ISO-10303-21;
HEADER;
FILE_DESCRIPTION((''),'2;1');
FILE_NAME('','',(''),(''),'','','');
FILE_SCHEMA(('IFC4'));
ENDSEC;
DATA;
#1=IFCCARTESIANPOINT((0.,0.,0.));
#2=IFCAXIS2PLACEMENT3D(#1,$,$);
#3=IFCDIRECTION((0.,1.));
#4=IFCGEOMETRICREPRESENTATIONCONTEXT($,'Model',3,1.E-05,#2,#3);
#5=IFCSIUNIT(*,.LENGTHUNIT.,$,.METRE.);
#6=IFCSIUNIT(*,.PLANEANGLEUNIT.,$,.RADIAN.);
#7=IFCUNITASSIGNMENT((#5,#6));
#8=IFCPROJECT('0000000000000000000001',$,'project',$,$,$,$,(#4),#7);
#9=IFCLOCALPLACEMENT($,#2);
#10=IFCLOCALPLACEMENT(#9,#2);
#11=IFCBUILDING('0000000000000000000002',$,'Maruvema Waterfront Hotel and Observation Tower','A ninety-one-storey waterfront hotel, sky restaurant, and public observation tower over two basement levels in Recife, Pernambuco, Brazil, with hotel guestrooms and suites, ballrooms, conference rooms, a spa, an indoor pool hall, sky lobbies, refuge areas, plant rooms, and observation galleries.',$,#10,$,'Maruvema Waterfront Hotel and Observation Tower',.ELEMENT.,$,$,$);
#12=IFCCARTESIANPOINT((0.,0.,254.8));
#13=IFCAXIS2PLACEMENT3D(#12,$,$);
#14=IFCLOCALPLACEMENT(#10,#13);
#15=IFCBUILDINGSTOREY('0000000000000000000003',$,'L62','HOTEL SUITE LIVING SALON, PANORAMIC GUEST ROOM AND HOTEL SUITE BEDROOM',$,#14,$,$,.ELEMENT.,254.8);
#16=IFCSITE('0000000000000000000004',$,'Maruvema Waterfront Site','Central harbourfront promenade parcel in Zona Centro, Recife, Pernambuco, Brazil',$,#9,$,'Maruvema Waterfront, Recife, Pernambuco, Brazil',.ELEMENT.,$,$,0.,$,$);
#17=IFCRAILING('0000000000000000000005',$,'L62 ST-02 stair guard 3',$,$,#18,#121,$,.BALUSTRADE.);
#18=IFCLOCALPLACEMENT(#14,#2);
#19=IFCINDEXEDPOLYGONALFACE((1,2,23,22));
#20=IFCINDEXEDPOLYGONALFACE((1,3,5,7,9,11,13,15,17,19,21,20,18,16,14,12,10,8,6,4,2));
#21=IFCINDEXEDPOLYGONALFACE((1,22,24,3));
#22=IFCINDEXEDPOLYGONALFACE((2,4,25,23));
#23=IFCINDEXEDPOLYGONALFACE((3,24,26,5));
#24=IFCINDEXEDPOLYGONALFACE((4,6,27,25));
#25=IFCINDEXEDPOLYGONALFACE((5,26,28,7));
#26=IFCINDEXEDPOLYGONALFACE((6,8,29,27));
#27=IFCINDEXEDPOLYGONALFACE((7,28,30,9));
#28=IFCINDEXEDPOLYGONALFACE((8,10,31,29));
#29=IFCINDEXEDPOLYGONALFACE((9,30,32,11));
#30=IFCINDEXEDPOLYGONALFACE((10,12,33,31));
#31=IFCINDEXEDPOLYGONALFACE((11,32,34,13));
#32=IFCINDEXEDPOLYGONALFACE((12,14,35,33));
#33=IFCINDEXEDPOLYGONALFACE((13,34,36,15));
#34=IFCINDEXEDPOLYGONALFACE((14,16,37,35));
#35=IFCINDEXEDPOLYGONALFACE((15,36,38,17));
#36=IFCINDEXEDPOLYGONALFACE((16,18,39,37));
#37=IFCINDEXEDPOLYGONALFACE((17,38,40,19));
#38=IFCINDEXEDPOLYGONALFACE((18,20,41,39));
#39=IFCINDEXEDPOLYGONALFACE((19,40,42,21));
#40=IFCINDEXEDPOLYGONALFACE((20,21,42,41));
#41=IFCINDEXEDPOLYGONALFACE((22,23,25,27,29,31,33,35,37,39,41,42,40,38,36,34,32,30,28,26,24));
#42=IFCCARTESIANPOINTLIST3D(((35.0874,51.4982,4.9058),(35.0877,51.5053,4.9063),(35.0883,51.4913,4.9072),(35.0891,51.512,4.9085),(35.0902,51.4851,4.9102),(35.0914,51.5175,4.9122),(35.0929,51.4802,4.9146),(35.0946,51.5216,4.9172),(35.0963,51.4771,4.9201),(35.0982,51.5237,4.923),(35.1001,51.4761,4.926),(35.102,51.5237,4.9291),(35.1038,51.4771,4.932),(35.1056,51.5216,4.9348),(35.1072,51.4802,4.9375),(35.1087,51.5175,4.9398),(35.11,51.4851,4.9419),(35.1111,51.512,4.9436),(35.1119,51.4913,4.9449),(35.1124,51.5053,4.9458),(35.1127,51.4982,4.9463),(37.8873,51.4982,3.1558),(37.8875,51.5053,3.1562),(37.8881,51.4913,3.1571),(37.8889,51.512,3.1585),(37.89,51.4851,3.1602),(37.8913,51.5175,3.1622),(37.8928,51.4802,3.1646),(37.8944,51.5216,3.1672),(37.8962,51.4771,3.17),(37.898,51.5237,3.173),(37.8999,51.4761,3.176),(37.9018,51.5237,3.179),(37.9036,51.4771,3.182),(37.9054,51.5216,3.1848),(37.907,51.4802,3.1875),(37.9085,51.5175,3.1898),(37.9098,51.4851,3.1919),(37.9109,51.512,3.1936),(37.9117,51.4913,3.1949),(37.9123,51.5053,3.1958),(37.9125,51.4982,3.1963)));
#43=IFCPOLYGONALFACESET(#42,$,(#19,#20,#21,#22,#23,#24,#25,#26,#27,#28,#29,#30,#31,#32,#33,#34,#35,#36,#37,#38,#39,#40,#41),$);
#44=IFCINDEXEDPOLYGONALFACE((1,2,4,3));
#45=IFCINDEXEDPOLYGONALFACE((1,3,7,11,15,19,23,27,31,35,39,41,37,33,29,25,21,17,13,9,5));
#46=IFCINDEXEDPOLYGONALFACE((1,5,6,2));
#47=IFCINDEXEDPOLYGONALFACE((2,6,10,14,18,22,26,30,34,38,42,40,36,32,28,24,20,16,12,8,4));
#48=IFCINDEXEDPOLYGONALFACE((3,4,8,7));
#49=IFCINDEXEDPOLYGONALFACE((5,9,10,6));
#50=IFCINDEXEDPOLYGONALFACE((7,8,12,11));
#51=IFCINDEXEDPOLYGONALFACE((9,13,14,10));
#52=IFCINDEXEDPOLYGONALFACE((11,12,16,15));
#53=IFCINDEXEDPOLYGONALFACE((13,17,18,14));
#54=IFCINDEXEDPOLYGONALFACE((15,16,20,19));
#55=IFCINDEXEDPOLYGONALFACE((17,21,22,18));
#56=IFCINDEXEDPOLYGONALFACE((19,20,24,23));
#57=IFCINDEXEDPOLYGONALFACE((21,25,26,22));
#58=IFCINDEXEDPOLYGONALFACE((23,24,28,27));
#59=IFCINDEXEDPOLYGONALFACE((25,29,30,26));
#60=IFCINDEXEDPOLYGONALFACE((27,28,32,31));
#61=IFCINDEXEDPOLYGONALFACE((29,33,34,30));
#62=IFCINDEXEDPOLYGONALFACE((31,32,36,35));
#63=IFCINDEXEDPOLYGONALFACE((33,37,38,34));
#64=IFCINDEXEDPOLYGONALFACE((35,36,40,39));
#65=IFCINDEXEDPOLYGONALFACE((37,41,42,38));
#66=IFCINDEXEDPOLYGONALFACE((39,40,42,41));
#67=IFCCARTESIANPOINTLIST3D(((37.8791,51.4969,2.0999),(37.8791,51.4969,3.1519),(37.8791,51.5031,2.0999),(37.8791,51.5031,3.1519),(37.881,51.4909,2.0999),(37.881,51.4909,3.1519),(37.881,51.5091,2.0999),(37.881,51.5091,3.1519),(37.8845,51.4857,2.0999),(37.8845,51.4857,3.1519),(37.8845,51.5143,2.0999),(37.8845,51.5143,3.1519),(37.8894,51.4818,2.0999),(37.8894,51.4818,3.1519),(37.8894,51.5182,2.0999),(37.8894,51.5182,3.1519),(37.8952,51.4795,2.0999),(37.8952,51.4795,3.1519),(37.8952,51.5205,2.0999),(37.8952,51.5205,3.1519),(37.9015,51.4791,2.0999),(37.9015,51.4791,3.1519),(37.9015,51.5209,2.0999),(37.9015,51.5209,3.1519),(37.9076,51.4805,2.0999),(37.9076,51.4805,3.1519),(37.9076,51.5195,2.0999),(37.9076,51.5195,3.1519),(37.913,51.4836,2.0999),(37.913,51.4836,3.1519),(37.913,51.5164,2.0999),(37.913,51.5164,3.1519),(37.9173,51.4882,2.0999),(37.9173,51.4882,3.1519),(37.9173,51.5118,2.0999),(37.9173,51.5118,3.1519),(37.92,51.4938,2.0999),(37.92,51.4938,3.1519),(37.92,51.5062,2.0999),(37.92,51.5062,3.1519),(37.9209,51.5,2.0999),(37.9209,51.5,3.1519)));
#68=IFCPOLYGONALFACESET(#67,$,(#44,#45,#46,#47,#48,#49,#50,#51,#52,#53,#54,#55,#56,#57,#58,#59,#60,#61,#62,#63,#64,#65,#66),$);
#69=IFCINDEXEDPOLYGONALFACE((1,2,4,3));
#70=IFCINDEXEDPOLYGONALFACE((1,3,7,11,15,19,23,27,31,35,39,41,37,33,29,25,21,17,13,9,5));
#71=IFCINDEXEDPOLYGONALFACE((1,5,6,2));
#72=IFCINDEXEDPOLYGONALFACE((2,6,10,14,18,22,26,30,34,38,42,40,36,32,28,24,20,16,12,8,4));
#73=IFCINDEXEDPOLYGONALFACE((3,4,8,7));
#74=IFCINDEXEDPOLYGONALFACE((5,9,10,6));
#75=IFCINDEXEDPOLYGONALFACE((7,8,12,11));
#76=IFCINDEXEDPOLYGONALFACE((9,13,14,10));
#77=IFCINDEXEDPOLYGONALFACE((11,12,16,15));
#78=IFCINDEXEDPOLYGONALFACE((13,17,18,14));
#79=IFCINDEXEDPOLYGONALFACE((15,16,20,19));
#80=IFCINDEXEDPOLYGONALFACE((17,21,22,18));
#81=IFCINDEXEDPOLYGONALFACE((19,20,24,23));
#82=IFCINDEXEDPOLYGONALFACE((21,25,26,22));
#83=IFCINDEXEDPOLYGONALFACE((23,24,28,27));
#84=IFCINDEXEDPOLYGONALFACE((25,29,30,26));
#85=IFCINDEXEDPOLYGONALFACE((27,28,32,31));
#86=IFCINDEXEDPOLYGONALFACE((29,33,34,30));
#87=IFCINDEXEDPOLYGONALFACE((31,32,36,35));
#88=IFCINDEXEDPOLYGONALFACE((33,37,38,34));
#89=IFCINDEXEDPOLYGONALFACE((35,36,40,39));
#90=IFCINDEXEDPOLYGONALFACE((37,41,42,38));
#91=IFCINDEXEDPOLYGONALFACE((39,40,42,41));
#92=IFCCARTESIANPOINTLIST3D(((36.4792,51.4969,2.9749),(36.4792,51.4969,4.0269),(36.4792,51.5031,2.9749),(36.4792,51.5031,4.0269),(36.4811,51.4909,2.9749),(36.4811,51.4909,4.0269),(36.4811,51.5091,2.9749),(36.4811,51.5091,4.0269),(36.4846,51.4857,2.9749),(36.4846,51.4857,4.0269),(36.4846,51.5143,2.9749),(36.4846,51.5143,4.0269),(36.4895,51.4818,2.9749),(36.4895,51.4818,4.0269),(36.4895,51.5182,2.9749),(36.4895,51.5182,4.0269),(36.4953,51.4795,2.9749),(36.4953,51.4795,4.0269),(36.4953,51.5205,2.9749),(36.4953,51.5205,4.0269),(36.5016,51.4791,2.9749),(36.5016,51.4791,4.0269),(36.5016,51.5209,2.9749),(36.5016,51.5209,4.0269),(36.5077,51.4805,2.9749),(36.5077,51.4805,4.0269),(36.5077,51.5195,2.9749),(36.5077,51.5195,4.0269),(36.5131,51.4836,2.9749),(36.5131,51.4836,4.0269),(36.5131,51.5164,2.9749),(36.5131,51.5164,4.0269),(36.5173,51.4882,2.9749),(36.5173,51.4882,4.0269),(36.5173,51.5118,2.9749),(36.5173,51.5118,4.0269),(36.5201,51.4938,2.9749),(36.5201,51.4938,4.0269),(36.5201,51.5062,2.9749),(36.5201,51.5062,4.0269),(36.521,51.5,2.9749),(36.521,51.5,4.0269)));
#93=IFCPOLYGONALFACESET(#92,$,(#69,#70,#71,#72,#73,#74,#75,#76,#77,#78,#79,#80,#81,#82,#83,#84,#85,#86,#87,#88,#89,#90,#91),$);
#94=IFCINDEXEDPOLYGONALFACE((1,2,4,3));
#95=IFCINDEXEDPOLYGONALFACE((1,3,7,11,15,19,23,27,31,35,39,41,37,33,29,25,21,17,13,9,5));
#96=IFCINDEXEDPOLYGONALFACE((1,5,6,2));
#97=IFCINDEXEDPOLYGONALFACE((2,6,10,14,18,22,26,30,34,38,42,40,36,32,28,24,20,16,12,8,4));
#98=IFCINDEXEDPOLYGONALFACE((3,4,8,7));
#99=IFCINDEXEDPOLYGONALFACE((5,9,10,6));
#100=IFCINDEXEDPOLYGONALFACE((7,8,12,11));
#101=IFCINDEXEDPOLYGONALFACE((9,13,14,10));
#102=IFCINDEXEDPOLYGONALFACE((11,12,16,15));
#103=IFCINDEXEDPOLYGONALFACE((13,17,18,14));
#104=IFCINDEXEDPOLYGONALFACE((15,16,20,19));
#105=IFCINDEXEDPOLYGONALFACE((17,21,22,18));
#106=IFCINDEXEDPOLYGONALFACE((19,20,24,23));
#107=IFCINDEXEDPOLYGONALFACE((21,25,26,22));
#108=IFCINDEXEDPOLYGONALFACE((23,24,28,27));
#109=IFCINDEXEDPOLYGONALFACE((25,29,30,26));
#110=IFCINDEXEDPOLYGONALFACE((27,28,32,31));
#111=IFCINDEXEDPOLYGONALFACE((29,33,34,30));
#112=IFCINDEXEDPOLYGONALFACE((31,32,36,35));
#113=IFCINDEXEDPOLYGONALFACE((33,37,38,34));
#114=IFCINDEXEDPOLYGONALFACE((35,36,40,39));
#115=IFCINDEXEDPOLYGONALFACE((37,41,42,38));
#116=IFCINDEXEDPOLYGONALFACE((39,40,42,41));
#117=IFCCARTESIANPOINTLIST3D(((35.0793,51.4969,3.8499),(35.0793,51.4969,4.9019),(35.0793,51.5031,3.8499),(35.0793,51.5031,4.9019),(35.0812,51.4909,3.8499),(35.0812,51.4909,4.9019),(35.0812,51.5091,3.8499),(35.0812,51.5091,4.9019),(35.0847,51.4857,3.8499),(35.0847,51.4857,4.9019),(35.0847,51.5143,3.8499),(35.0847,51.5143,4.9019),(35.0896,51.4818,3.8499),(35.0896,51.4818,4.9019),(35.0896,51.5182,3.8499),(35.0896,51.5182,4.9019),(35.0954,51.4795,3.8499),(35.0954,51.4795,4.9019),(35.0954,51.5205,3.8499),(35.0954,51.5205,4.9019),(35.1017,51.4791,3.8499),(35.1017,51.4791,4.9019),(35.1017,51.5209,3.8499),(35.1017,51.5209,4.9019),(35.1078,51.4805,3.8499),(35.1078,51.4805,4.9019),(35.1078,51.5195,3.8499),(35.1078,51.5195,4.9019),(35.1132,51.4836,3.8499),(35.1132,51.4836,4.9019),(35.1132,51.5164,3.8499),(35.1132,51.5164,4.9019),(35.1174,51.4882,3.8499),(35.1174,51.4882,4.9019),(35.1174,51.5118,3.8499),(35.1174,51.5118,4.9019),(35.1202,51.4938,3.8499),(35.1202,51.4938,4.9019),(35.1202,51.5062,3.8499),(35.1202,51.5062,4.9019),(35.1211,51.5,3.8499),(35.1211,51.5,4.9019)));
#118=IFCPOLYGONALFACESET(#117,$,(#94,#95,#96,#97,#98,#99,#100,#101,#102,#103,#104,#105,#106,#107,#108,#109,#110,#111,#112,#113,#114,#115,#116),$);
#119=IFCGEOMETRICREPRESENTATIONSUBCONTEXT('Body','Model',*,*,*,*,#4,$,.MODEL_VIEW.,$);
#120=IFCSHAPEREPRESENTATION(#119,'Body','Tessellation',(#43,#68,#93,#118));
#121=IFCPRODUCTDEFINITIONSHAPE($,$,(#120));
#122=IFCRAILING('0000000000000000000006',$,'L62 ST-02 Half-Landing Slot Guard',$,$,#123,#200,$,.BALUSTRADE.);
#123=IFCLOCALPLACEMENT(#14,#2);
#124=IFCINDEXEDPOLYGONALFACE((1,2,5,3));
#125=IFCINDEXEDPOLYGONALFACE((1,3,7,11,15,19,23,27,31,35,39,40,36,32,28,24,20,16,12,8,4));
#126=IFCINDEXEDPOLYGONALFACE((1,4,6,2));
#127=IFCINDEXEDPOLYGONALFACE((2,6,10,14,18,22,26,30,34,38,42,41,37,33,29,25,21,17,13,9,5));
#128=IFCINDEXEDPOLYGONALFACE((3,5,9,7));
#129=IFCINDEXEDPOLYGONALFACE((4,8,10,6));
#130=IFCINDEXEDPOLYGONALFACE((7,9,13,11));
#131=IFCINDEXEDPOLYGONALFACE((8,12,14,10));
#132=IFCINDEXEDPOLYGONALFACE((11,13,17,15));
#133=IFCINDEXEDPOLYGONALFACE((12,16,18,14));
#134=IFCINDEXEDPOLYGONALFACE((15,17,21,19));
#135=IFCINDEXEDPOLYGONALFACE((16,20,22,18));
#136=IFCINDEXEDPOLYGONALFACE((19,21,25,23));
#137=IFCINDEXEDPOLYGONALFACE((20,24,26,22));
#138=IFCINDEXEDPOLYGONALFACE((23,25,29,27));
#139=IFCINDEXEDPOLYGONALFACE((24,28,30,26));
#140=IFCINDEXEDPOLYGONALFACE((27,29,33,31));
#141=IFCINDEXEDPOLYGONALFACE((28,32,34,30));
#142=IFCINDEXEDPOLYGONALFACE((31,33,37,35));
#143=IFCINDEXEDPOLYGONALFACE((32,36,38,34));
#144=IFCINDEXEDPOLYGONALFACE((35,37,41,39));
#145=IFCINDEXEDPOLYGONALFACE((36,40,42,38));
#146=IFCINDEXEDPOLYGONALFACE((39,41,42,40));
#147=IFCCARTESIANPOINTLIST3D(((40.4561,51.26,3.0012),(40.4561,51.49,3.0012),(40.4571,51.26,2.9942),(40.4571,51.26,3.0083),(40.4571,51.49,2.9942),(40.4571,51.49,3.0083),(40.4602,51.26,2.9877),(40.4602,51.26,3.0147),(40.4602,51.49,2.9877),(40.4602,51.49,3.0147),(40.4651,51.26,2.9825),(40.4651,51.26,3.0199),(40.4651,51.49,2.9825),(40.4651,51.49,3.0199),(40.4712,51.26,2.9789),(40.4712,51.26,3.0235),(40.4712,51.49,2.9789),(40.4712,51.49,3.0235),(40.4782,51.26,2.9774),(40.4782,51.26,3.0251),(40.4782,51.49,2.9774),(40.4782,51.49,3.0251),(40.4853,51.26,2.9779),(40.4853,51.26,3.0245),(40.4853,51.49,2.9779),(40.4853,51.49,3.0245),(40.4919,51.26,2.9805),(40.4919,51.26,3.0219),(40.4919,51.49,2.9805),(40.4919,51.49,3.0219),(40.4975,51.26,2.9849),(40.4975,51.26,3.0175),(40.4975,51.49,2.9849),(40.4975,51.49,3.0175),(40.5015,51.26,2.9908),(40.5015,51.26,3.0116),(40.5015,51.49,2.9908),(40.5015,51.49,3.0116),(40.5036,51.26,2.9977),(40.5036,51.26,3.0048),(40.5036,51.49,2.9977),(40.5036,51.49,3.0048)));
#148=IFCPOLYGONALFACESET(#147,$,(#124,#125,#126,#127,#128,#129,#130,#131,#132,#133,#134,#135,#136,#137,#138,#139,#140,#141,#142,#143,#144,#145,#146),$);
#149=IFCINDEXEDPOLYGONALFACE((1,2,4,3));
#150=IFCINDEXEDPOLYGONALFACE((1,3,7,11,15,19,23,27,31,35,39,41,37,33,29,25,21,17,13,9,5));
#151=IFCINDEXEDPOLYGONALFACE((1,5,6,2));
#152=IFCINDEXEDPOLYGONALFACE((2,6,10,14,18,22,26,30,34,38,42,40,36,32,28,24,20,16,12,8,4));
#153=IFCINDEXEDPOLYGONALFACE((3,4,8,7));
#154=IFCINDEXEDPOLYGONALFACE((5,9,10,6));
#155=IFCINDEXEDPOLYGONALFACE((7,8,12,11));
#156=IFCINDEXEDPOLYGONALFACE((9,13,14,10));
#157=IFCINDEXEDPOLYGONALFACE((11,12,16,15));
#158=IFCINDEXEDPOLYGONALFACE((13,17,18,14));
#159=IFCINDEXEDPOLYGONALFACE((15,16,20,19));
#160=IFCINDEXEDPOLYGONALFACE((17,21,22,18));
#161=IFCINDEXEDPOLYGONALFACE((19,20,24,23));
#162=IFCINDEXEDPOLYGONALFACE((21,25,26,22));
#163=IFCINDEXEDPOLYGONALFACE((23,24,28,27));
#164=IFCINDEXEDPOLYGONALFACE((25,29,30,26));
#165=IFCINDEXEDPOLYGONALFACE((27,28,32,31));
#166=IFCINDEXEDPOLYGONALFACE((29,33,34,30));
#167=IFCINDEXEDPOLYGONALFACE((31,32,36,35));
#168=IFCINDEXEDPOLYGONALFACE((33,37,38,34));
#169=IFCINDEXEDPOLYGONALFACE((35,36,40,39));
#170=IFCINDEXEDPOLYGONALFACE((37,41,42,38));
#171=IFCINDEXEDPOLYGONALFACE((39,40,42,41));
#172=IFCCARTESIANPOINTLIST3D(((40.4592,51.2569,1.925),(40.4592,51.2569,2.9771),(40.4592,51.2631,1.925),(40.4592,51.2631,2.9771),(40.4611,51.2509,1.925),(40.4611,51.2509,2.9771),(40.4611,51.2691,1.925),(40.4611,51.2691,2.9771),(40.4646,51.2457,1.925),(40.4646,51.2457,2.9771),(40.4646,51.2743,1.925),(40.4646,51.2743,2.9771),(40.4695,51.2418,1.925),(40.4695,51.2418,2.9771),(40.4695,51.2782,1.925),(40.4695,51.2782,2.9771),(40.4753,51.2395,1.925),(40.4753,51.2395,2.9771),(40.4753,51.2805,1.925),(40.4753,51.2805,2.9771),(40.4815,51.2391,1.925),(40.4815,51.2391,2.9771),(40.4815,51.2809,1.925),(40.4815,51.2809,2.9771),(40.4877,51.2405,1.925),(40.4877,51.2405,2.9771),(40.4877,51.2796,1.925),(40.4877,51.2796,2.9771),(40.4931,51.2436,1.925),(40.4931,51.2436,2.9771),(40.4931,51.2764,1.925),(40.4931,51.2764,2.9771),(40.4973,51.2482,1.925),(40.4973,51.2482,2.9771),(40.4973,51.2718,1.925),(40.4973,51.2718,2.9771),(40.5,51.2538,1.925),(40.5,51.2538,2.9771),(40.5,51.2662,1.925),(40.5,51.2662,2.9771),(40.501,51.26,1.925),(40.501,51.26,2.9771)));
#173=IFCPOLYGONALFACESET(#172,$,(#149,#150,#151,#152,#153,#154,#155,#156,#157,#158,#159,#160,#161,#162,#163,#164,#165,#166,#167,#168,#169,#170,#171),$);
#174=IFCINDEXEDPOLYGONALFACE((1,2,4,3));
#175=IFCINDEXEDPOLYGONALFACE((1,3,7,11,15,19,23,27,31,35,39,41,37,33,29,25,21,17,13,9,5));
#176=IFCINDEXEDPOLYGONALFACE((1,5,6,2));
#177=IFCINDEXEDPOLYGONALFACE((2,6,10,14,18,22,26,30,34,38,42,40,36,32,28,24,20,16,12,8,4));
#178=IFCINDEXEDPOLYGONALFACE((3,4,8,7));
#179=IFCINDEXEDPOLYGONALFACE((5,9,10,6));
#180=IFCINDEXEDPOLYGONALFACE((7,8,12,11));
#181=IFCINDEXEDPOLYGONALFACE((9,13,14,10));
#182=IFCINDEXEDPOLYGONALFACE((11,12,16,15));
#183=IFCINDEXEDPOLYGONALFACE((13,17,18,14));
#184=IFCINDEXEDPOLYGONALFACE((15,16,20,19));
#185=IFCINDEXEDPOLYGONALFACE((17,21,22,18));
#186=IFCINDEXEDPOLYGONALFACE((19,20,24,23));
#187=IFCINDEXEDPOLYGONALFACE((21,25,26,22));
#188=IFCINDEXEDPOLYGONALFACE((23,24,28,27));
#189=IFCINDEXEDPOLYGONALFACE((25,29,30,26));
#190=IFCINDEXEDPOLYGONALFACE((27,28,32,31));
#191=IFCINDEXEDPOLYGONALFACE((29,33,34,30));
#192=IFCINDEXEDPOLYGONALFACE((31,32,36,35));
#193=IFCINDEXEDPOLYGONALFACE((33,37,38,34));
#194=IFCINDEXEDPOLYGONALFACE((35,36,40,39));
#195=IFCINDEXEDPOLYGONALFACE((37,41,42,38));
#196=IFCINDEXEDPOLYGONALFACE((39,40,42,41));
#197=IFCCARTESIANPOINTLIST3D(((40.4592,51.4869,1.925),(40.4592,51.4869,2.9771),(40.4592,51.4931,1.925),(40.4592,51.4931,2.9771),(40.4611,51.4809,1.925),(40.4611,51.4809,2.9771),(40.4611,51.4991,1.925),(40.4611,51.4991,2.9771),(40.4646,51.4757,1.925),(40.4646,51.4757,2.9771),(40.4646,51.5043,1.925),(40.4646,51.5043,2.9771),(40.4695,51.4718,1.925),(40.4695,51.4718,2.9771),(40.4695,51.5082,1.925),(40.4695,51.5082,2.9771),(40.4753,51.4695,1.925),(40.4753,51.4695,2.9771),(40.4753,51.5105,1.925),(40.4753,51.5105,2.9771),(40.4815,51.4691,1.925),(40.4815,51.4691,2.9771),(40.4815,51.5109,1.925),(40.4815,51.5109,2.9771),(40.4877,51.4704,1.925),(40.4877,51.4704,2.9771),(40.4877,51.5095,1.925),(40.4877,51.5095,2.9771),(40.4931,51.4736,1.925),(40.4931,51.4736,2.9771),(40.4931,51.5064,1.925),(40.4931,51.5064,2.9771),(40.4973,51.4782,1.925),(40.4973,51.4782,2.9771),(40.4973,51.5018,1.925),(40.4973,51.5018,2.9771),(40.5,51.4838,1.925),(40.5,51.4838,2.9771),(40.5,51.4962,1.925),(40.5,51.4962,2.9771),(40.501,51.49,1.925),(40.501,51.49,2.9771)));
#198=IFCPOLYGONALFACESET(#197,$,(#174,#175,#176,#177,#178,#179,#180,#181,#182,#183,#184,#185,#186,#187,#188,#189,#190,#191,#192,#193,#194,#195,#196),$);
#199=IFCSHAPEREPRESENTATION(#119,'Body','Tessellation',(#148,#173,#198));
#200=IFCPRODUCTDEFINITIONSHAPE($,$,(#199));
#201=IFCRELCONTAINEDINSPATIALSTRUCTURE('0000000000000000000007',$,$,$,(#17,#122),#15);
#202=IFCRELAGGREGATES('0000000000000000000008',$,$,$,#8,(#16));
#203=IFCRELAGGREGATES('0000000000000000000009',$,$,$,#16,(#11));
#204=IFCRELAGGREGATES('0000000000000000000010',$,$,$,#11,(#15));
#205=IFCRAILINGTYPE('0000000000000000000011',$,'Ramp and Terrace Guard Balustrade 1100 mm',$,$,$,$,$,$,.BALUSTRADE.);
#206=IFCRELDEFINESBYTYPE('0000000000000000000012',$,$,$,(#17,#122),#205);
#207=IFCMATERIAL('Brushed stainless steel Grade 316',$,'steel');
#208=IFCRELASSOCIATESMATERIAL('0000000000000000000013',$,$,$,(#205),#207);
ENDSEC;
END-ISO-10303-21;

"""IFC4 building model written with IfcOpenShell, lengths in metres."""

from ifc_helpers import new_model, si_unit, direction, frame, origin, origin_2d, place, context, subcontext, project, spatial, circle, extrude, material, type_object, element, save


model = new_model("IFC4")

# Units and contexts
model_context = context("Model", 3, precision=1e-05, world=origin(), true_north=direction((0.0, 1.0)))
body_context = subcontext(model_context, "Body", "Model", "MODEL_VIEW")
ifc_project = project(units=[si_unit("LENGTHUNIT", "METRE"), si_unit("PLANEANGLEUNIT", "RADIAN")], contexts=[model_context])

# Site, building, storey
site_placement = place(None, origin())
site = spatial("IfcSite", under=ifc_project, at=site_placement, Name="Maruvema Waterfront Site", Description="Central harbourfront promenade parcel in Zona Centro, Recife, Pernambuco, Brazil", LongName="Maruvema Waterfront, Recife, Pernambuco, Brazil", CompositionType="ELEMENT", RefElevation=0.0)
building_placement = place(site_placement, origin())
building = spatial("IfcBuilding", under=site, at=building_placement, Name="Maruvema Waterfront Hotel and Observation Tower", Description="A ninety-one-storey waterfront hotel, sky restaurant, and public observation tower over two basement levels in Recife, Pernambuco, Brazil, with hotel guestrooms and suites, ballrooms, conference rooms, a spa, an indoor pool hall, sky lobbies, refuge areas, plant rooms, and observation galleries.", LongName="Maruvema Waterfront Hotel and Observation Tower", CompositionType="ELEMENT")
storey_placement = place(building_placement, frame((0.0, 0.0, 254.8)))
storey = spatial("IfcBuildingStorey", under=building, at=storey_placement, Name="L62", Description="HOTEL SUITE LIVING SALON, PANORAMIC GUEST ROOM AND HOTEL SUITE BEDROOM", CompositionType="ELEMENT", Elevation=254.8)

# Railings
ifc_material_1 = material(Name="Brushed stainless steel Grade 316", Category="steel")
railing_type_1 = type_object("IfcRailingType", Name="Ramp and Terrace Guard Balustrade 1100 mm", PredefinedType="BALUSTRADE", material=ifc_material_1)
railing_1_placement = place(storey_placement, frame((37.8999, 51.5, 2.0999)))
element("IfcRailing", 1, at=railing_1_placement, inside=storey, type_object=railing_type_1, Name="L62 ST-02 stair guard 3", PredefinedType="BALUSTRADE", context=body_context, shape_type="SweptSolid", body=[
    extrude(circle(Radius=0.0239, at=origin_2d()), frame((0.0, 0.0, 1.0762), z_axis=(-0.847982, 0.0, 0.530026), x_axis=(0.0, -1.0, 0.0)), (0.0, 0.0, 1.0), 3.3018),
    extrude(circle(Radius=0.021, at=origin_2d()), origin(), (0.0, 0.0, 1.0), 1.052),
    extrude(circle(Radius=0.021, at=origin_2d()), frame((-1.3999, 0.0, 0.875)), (0.0, 0.0, 1.0), 1.052),
    extrude(circle(Radius=0.021, at=origin_2d()), frame((-2.7998, 0.0, 1.75)), (0.0, 0.0, 1.0), 1.052),
])
railing_2_placement = place(storey_placement, frame((40.48, 51.26, 1.925)))
element("IfcRailing", 2, at=railing_2_placement, inside=storey, type_object=railing_type_1, Name="L62 ST-02 Half-Landing Slot Guard", PredefinedType="BALUSTRADE", context=body_context, shape_type="SweptSolid", body=[
    extrude(circle(Radius=0.0239, at=origin_2d()), frame((0.0, 0.0, 1.0762), z_axis=(0.0, 1.0, 0.0), x_axis=(-1.0, 0.0, 0.0)), (0.0, 0.0, 1.0), 0.23),
    extrude(circle(Radius=0.021, at=origin_2d()), origin(), (0.0, 0.0, 1.0), 1.052),
    extrude(circle(Radius=0.021, at=origin_2d()), frame((0.0, 0.23, 0.0)), (0.0, 0.0, 1.0), 1.052),
])

save(model, "model.ifc")
